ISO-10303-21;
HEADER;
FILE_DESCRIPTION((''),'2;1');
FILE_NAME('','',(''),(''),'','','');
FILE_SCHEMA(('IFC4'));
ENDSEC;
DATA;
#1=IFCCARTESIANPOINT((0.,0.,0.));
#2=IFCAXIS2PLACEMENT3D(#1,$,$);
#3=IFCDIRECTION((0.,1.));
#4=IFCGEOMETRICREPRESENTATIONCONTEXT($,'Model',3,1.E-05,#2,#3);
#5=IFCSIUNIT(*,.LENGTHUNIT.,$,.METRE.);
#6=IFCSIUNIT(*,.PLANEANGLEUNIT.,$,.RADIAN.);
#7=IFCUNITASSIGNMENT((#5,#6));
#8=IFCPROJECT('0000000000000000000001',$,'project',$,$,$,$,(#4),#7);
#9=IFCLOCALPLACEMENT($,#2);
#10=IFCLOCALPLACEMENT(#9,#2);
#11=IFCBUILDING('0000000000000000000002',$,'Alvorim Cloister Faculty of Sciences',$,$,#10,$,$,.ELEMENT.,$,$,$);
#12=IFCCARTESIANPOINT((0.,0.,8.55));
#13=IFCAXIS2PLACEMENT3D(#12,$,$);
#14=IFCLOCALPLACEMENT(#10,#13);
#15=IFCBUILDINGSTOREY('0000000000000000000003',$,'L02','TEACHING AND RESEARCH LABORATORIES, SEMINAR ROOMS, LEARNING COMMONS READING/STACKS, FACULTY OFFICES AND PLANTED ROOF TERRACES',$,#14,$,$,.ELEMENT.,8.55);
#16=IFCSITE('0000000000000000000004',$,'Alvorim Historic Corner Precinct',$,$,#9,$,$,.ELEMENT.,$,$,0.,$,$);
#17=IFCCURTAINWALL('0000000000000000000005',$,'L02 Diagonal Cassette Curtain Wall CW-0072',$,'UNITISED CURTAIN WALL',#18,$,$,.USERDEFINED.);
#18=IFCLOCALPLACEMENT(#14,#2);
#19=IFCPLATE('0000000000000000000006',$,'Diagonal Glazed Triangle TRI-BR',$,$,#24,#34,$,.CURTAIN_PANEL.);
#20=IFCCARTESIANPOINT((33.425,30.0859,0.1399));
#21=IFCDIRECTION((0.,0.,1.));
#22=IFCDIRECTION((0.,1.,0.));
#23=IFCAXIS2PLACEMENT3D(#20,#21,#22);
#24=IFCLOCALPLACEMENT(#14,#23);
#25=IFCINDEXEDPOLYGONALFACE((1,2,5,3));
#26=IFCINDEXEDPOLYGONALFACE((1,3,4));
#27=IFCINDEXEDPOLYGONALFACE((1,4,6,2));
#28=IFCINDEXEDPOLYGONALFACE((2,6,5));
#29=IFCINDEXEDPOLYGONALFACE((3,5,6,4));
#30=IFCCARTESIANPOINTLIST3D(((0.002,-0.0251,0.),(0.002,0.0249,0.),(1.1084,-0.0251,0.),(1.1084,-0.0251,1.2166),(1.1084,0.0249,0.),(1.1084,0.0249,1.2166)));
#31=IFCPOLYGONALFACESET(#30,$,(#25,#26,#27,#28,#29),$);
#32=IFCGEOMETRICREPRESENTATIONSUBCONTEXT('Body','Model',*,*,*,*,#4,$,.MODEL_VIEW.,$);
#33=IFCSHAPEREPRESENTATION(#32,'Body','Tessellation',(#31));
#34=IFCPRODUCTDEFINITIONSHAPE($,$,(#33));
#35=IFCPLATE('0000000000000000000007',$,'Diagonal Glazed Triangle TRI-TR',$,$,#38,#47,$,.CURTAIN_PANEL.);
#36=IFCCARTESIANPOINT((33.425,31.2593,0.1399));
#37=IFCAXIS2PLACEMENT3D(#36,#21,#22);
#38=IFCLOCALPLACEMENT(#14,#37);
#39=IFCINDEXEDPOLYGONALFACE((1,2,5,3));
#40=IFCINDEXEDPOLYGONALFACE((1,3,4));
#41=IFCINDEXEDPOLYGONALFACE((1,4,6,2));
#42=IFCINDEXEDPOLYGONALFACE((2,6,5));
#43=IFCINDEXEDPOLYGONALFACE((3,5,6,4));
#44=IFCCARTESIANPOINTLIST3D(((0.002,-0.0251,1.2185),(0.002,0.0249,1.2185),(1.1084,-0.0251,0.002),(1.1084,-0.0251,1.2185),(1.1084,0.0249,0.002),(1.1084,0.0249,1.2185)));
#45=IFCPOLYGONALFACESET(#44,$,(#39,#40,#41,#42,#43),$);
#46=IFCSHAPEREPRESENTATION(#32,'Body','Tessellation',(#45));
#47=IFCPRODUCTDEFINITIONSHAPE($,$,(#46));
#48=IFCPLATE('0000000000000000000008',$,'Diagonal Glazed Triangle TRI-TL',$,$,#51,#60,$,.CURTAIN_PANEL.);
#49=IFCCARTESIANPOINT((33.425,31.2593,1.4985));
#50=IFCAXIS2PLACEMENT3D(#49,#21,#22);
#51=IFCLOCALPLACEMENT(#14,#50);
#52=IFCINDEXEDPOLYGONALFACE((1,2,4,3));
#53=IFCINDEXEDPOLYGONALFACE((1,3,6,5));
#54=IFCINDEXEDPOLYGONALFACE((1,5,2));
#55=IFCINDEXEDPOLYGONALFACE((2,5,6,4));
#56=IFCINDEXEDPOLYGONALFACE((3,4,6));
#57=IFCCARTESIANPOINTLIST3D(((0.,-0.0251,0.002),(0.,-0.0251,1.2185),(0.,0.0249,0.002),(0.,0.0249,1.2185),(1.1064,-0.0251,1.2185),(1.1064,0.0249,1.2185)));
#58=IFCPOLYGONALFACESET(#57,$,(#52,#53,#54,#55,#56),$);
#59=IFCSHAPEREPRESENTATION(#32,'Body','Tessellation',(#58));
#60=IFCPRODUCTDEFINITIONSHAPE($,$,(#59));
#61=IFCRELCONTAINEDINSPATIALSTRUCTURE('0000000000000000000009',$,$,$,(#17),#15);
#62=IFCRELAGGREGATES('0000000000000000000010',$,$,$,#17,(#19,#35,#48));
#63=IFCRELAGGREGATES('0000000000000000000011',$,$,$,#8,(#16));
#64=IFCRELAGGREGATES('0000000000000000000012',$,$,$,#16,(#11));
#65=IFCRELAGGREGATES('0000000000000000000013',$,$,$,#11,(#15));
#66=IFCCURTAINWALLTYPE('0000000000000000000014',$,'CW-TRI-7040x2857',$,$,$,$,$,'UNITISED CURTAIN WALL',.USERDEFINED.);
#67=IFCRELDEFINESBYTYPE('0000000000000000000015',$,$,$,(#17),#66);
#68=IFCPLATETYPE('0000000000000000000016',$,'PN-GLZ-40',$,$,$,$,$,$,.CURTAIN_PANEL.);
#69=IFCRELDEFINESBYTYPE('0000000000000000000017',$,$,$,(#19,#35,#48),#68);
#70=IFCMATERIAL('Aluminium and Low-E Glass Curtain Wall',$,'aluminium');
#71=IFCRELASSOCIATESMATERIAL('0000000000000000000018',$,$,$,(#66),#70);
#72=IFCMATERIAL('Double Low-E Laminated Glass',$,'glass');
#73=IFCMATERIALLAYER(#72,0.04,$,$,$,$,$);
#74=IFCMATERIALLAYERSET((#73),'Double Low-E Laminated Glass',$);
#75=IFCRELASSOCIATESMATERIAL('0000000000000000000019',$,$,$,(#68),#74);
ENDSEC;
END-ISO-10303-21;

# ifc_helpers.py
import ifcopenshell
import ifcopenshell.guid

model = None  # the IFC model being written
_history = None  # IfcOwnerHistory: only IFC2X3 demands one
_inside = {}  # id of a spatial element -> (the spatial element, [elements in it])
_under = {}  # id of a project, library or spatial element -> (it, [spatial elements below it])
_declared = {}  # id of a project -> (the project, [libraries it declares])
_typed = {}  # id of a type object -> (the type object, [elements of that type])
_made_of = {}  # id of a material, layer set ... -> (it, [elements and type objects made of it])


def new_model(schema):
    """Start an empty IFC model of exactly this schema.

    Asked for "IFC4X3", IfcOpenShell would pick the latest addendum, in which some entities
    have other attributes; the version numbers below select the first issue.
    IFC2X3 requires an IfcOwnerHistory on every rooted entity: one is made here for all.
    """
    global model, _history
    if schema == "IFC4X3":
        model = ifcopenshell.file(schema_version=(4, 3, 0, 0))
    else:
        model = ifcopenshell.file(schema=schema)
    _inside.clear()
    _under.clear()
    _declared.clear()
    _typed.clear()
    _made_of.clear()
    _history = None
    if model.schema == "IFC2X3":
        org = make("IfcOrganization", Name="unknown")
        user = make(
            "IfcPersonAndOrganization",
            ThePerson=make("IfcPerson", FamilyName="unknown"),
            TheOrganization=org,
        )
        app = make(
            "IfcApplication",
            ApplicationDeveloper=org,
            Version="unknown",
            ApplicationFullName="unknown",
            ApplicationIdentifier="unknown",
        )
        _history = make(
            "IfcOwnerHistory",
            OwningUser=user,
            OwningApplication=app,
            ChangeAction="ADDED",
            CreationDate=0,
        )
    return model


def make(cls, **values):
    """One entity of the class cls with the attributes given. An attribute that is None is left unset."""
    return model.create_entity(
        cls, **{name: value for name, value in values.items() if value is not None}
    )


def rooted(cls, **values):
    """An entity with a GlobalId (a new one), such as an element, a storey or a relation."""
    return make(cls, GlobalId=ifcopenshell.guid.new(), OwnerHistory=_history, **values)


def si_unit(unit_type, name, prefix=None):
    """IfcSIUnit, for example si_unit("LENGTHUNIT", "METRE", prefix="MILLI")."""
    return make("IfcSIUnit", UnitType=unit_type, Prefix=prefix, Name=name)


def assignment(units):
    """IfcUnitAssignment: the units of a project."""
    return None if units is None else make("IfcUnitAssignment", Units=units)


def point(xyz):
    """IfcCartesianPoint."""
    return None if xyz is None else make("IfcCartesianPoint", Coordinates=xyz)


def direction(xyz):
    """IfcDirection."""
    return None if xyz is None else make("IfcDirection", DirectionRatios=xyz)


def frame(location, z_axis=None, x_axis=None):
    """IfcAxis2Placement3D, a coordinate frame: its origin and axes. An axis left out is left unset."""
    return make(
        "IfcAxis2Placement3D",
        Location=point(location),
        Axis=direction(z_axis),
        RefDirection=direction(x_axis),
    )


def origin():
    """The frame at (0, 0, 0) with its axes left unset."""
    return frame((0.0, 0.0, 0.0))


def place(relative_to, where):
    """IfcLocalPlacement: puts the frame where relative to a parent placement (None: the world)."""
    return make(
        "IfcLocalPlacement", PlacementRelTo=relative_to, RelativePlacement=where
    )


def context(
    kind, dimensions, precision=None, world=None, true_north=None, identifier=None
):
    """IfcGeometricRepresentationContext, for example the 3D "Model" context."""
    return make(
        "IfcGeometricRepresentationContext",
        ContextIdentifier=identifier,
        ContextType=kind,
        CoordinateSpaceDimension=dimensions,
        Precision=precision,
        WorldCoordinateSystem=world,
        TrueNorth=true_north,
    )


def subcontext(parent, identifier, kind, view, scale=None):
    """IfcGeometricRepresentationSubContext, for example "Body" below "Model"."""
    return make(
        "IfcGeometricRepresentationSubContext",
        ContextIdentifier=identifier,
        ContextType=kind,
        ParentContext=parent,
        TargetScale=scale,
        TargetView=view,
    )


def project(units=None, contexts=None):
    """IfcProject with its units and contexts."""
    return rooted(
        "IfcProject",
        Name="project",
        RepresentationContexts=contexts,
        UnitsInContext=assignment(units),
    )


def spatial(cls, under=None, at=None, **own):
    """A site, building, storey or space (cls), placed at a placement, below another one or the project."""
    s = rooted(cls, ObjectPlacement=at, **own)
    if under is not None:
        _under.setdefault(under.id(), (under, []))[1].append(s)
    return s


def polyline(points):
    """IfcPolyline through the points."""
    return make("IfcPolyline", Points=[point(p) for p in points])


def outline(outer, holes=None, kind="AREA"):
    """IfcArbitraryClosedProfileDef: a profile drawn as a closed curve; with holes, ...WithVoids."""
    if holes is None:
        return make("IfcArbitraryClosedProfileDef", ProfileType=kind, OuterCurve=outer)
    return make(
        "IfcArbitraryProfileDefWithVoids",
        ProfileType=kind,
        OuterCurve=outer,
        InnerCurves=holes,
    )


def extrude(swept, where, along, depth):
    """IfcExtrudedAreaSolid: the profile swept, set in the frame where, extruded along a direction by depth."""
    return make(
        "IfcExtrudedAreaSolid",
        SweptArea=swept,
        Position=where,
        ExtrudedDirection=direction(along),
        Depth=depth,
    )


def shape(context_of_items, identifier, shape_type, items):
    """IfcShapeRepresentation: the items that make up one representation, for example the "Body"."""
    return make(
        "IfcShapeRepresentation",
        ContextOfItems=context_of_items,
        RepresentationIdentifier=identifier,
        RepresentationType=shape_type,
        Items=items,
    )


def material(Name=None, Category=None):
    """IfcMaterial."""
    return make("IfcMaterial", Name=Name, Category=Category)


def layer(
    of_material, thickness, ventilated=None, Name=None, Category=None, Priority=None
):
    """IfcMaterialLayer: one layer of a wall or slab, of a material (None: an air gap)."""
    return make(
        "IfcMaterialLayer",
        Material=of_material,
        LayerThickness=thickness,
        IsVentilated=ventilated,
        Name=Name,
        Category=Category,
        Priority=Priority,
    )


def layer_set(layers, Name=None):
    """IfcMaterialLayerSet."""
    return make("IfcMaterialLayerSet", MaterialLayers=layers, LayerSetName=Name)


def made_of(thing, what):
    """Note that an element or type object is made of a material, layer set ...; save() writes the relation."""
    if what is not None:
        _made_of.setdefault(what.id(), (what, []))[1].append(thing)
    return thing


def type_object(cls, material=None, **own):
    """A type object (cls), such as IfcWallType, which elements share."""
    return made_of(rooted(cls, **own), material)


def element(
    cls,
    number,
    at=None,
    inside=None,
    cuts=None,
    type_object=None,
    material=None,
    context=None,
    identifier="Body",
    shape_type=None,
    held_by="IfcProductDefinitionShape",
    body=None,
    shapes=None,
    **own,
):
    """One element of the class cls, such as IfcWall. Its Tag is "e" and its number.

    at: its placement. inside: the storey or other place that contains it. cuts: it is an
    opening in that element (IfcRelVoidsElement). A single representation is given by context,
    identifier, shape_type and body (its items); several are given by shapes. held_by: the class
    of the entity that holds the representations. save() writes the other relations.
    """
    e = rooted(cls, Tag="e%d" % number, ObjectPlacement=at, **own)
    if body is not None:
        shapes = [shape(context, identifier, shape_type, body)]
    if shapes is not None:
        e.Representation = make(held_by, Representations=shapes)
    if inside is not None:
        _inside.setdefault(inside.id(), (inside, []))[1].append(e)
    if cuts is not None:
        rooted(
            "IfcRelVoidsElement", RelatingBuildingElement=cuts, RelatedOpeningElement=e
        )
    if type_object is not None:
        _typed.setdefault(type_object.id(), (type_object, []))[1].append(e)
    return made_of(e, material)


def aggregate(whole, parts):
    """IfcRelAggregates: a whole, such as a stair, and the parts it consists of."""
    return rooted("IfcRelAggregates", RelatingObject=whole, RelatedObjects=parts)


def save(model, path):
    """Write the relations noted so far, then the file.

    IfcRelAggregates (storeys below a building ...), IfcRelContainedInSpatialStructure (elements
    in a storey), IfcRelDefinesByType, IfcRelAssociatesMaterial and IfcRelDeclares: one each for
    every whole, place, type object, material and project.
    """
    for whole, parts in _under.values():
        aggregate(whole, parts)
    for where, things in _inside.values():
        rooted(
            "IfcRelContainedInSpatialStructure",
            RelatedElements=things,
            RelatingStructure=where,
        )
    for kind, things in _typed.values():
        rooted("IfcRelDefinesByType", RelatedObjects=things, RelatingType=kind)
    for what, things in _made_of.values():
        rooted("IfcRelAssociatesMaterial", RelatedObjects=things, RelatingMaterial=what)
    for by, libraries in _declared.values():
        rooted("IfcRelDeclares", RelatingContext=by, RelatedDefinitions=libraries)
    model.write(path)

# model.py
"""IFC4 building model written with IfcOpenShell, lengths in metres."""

from ifc_helpers import new_model, si_unit, direction, frame, origin, place, context, subcontext, project, spatial, polyline, outline, extrude, material, layer, layer_set, type_object, element, aggregate, save


model = new_model("IFC4")

# Units and contexts
model_context = context("Model", 3, precision=1e-05, world=origin(), true_north=direction((0.0, 1.0)))
body_context = subcontext(model_context, "Body", "Model", "MODEL_VIEW")
ifc_project = project(units=[si_unit("LENGTHUNIT", "METRE"), si_unit("PLANEANGLEUNIT", "RADIAN")], contexts=[model_context])

# Site, building, storey
site_placement = place(None, origin())
site = spatial("IfcSite", under=ifc_project, at=site_placement, Name="Alvorim Historic Corner Precinct", CompositionType="ELEMENT", RefElevation=0.0)
building_placement = place(site_placement, origin())
building = spatial("IfcBuilding", under=site, at=building_placement, Name="Alvorim Cloister Faculty of Sciences", CompositionType="ELEMENT")
storey_placement = place(building_placement, frame((0.0, 0.0, 8.55)))
storey = spatial("IfcBuildingStorey", under=building, at=storey_placement, Name="L02", Description="TEACHING AND RESEARCH LABORATORIES, SEMINAR ROOMS, LEARNING COMMONS READING/STACKS, FACULTY OFFICES AND PLANTED ROOF TERRACES", CompositionType="ELEMENT", Elevation=8.55)

# Curtain wall, plates
ifc_material_1 = material(Name="Aluminium and Low-E Glass Curtain Wall", Category="aluminium")
curtain_wall_type = type_object("IfcCurtainWallType", Name="CW-TRI-7040x2857", ElementType="UNITISED CURTAIN WALL", PredefinedType="USERDEFINED", material=ifc_material_1)
curtain_wall_placement = place(storey_placement, origin())
curtain_wall = element("IfcCurtainWall", 1, at=curtain_wall_placement, inside=storey, type_object=curtain_wall_type, Name="L02 Diagonal Cassette Curtain Wall CW-0072", ObjectType="UNITISED CURTAIN WALL", PredefinedType="USERDEFINED")
ifc_material_2 = material(Name="Double Low-E Laminated Glass", Category="glass")
ifc_layer = layer(ifc_material_2, 0.04)
ifc_layer_set = layer_set([ifc_layer], Name="Double Low-E Laminated Glass")
plate_type = type_object("IfcPlateType", Name="PN-GLZ-40", PredefinedType="CURTAIN_PANEL", material=ifc_layer_set)
plate_1_placement = place(storey_placement, frame((33.425, 30.0859, 0.1399), z_axis=(0.0, 0.0, 1.0), x_axis=(0.0, 1.0, 0.0)))
plate_1 = element("IfcPlate", 2, at=plate_1_placement, type_object=plate_type, Name="Diagonal Glazed Triangle TRI-BR", PredefinedType="CURTAIN_PANEL", context=body_context, shape_type="SweptSolid", body=[
    extrude(outline(polyline([(0.002, 0.0), (1.1084, 0.0), (1.1084, 1.2166), (0.002, 0.0)])), frame((0.0, 0.0249, 0.0), z_axis=(0.0, -1.0, 0.0), x_axis=(1.0, 0.0, 0.0)), (0.0, 0.0, 1.0), 0.05),
])
plate_2_placement = place(storey_placement, frame((33.425, 31.2593, 0.1399), z_axis=(0.0, 0.0, 1.0), x_axis=(0.0, 1.0, 0.0)))
plate_2 = element("IfcPlate", 3, at=plate_2_placement, type_object=plate_type, Name="Diagonal Glazed Triangle TRI-TR", PredefinedType="CURTAIN_PANEL", context=body_context, shape_type="SweptSolid", body=[
    extrude(outline(polyline([(1.1084, 0.002), (1.1084, 1.2185), (0.002, 1.2185), (1.1084, 0.002)])), frame((0.0, 0.0249, 0.0), z_axis=(0.0, -1.0, 0.0), x_axis=(1.0, 0.0, 0.0)), (0.0, 0.0, 1.0), 0.05),
])
plate_3_placement = place(storey_placement, frame((33.425, 31.2593, 1.4985), z_axis=(0.0, 0.0, 1.0), x_axis=(0.0, 1.0, 0.0)))
plate_3 = element("IfcPlate", 4, at=plate_3_placement, type_object=plate_type, Name="Diagonal Glazed Triangle TRI-TL", PredefinedType="CURTAIN_PANEL", context=body_context, shape_type="SweptSolid", body=[
    extrude(outline(polyline([(1.1064, 1.2185), (0.0, 1.2185), (0.0, 0.002), (1.1064, 1.2185)])), frame((0.0, 0.0249, 0.0), z_axis=(0.0, -1.0, 0.0), x_axis=(1.0, 0.0, 0.0)), (0.0, 0.0, 1.0), 0.05),
])
aggregate(curtain_wall, [plate_1, plate_2, plate_3])

save(model, "model.ifc")
